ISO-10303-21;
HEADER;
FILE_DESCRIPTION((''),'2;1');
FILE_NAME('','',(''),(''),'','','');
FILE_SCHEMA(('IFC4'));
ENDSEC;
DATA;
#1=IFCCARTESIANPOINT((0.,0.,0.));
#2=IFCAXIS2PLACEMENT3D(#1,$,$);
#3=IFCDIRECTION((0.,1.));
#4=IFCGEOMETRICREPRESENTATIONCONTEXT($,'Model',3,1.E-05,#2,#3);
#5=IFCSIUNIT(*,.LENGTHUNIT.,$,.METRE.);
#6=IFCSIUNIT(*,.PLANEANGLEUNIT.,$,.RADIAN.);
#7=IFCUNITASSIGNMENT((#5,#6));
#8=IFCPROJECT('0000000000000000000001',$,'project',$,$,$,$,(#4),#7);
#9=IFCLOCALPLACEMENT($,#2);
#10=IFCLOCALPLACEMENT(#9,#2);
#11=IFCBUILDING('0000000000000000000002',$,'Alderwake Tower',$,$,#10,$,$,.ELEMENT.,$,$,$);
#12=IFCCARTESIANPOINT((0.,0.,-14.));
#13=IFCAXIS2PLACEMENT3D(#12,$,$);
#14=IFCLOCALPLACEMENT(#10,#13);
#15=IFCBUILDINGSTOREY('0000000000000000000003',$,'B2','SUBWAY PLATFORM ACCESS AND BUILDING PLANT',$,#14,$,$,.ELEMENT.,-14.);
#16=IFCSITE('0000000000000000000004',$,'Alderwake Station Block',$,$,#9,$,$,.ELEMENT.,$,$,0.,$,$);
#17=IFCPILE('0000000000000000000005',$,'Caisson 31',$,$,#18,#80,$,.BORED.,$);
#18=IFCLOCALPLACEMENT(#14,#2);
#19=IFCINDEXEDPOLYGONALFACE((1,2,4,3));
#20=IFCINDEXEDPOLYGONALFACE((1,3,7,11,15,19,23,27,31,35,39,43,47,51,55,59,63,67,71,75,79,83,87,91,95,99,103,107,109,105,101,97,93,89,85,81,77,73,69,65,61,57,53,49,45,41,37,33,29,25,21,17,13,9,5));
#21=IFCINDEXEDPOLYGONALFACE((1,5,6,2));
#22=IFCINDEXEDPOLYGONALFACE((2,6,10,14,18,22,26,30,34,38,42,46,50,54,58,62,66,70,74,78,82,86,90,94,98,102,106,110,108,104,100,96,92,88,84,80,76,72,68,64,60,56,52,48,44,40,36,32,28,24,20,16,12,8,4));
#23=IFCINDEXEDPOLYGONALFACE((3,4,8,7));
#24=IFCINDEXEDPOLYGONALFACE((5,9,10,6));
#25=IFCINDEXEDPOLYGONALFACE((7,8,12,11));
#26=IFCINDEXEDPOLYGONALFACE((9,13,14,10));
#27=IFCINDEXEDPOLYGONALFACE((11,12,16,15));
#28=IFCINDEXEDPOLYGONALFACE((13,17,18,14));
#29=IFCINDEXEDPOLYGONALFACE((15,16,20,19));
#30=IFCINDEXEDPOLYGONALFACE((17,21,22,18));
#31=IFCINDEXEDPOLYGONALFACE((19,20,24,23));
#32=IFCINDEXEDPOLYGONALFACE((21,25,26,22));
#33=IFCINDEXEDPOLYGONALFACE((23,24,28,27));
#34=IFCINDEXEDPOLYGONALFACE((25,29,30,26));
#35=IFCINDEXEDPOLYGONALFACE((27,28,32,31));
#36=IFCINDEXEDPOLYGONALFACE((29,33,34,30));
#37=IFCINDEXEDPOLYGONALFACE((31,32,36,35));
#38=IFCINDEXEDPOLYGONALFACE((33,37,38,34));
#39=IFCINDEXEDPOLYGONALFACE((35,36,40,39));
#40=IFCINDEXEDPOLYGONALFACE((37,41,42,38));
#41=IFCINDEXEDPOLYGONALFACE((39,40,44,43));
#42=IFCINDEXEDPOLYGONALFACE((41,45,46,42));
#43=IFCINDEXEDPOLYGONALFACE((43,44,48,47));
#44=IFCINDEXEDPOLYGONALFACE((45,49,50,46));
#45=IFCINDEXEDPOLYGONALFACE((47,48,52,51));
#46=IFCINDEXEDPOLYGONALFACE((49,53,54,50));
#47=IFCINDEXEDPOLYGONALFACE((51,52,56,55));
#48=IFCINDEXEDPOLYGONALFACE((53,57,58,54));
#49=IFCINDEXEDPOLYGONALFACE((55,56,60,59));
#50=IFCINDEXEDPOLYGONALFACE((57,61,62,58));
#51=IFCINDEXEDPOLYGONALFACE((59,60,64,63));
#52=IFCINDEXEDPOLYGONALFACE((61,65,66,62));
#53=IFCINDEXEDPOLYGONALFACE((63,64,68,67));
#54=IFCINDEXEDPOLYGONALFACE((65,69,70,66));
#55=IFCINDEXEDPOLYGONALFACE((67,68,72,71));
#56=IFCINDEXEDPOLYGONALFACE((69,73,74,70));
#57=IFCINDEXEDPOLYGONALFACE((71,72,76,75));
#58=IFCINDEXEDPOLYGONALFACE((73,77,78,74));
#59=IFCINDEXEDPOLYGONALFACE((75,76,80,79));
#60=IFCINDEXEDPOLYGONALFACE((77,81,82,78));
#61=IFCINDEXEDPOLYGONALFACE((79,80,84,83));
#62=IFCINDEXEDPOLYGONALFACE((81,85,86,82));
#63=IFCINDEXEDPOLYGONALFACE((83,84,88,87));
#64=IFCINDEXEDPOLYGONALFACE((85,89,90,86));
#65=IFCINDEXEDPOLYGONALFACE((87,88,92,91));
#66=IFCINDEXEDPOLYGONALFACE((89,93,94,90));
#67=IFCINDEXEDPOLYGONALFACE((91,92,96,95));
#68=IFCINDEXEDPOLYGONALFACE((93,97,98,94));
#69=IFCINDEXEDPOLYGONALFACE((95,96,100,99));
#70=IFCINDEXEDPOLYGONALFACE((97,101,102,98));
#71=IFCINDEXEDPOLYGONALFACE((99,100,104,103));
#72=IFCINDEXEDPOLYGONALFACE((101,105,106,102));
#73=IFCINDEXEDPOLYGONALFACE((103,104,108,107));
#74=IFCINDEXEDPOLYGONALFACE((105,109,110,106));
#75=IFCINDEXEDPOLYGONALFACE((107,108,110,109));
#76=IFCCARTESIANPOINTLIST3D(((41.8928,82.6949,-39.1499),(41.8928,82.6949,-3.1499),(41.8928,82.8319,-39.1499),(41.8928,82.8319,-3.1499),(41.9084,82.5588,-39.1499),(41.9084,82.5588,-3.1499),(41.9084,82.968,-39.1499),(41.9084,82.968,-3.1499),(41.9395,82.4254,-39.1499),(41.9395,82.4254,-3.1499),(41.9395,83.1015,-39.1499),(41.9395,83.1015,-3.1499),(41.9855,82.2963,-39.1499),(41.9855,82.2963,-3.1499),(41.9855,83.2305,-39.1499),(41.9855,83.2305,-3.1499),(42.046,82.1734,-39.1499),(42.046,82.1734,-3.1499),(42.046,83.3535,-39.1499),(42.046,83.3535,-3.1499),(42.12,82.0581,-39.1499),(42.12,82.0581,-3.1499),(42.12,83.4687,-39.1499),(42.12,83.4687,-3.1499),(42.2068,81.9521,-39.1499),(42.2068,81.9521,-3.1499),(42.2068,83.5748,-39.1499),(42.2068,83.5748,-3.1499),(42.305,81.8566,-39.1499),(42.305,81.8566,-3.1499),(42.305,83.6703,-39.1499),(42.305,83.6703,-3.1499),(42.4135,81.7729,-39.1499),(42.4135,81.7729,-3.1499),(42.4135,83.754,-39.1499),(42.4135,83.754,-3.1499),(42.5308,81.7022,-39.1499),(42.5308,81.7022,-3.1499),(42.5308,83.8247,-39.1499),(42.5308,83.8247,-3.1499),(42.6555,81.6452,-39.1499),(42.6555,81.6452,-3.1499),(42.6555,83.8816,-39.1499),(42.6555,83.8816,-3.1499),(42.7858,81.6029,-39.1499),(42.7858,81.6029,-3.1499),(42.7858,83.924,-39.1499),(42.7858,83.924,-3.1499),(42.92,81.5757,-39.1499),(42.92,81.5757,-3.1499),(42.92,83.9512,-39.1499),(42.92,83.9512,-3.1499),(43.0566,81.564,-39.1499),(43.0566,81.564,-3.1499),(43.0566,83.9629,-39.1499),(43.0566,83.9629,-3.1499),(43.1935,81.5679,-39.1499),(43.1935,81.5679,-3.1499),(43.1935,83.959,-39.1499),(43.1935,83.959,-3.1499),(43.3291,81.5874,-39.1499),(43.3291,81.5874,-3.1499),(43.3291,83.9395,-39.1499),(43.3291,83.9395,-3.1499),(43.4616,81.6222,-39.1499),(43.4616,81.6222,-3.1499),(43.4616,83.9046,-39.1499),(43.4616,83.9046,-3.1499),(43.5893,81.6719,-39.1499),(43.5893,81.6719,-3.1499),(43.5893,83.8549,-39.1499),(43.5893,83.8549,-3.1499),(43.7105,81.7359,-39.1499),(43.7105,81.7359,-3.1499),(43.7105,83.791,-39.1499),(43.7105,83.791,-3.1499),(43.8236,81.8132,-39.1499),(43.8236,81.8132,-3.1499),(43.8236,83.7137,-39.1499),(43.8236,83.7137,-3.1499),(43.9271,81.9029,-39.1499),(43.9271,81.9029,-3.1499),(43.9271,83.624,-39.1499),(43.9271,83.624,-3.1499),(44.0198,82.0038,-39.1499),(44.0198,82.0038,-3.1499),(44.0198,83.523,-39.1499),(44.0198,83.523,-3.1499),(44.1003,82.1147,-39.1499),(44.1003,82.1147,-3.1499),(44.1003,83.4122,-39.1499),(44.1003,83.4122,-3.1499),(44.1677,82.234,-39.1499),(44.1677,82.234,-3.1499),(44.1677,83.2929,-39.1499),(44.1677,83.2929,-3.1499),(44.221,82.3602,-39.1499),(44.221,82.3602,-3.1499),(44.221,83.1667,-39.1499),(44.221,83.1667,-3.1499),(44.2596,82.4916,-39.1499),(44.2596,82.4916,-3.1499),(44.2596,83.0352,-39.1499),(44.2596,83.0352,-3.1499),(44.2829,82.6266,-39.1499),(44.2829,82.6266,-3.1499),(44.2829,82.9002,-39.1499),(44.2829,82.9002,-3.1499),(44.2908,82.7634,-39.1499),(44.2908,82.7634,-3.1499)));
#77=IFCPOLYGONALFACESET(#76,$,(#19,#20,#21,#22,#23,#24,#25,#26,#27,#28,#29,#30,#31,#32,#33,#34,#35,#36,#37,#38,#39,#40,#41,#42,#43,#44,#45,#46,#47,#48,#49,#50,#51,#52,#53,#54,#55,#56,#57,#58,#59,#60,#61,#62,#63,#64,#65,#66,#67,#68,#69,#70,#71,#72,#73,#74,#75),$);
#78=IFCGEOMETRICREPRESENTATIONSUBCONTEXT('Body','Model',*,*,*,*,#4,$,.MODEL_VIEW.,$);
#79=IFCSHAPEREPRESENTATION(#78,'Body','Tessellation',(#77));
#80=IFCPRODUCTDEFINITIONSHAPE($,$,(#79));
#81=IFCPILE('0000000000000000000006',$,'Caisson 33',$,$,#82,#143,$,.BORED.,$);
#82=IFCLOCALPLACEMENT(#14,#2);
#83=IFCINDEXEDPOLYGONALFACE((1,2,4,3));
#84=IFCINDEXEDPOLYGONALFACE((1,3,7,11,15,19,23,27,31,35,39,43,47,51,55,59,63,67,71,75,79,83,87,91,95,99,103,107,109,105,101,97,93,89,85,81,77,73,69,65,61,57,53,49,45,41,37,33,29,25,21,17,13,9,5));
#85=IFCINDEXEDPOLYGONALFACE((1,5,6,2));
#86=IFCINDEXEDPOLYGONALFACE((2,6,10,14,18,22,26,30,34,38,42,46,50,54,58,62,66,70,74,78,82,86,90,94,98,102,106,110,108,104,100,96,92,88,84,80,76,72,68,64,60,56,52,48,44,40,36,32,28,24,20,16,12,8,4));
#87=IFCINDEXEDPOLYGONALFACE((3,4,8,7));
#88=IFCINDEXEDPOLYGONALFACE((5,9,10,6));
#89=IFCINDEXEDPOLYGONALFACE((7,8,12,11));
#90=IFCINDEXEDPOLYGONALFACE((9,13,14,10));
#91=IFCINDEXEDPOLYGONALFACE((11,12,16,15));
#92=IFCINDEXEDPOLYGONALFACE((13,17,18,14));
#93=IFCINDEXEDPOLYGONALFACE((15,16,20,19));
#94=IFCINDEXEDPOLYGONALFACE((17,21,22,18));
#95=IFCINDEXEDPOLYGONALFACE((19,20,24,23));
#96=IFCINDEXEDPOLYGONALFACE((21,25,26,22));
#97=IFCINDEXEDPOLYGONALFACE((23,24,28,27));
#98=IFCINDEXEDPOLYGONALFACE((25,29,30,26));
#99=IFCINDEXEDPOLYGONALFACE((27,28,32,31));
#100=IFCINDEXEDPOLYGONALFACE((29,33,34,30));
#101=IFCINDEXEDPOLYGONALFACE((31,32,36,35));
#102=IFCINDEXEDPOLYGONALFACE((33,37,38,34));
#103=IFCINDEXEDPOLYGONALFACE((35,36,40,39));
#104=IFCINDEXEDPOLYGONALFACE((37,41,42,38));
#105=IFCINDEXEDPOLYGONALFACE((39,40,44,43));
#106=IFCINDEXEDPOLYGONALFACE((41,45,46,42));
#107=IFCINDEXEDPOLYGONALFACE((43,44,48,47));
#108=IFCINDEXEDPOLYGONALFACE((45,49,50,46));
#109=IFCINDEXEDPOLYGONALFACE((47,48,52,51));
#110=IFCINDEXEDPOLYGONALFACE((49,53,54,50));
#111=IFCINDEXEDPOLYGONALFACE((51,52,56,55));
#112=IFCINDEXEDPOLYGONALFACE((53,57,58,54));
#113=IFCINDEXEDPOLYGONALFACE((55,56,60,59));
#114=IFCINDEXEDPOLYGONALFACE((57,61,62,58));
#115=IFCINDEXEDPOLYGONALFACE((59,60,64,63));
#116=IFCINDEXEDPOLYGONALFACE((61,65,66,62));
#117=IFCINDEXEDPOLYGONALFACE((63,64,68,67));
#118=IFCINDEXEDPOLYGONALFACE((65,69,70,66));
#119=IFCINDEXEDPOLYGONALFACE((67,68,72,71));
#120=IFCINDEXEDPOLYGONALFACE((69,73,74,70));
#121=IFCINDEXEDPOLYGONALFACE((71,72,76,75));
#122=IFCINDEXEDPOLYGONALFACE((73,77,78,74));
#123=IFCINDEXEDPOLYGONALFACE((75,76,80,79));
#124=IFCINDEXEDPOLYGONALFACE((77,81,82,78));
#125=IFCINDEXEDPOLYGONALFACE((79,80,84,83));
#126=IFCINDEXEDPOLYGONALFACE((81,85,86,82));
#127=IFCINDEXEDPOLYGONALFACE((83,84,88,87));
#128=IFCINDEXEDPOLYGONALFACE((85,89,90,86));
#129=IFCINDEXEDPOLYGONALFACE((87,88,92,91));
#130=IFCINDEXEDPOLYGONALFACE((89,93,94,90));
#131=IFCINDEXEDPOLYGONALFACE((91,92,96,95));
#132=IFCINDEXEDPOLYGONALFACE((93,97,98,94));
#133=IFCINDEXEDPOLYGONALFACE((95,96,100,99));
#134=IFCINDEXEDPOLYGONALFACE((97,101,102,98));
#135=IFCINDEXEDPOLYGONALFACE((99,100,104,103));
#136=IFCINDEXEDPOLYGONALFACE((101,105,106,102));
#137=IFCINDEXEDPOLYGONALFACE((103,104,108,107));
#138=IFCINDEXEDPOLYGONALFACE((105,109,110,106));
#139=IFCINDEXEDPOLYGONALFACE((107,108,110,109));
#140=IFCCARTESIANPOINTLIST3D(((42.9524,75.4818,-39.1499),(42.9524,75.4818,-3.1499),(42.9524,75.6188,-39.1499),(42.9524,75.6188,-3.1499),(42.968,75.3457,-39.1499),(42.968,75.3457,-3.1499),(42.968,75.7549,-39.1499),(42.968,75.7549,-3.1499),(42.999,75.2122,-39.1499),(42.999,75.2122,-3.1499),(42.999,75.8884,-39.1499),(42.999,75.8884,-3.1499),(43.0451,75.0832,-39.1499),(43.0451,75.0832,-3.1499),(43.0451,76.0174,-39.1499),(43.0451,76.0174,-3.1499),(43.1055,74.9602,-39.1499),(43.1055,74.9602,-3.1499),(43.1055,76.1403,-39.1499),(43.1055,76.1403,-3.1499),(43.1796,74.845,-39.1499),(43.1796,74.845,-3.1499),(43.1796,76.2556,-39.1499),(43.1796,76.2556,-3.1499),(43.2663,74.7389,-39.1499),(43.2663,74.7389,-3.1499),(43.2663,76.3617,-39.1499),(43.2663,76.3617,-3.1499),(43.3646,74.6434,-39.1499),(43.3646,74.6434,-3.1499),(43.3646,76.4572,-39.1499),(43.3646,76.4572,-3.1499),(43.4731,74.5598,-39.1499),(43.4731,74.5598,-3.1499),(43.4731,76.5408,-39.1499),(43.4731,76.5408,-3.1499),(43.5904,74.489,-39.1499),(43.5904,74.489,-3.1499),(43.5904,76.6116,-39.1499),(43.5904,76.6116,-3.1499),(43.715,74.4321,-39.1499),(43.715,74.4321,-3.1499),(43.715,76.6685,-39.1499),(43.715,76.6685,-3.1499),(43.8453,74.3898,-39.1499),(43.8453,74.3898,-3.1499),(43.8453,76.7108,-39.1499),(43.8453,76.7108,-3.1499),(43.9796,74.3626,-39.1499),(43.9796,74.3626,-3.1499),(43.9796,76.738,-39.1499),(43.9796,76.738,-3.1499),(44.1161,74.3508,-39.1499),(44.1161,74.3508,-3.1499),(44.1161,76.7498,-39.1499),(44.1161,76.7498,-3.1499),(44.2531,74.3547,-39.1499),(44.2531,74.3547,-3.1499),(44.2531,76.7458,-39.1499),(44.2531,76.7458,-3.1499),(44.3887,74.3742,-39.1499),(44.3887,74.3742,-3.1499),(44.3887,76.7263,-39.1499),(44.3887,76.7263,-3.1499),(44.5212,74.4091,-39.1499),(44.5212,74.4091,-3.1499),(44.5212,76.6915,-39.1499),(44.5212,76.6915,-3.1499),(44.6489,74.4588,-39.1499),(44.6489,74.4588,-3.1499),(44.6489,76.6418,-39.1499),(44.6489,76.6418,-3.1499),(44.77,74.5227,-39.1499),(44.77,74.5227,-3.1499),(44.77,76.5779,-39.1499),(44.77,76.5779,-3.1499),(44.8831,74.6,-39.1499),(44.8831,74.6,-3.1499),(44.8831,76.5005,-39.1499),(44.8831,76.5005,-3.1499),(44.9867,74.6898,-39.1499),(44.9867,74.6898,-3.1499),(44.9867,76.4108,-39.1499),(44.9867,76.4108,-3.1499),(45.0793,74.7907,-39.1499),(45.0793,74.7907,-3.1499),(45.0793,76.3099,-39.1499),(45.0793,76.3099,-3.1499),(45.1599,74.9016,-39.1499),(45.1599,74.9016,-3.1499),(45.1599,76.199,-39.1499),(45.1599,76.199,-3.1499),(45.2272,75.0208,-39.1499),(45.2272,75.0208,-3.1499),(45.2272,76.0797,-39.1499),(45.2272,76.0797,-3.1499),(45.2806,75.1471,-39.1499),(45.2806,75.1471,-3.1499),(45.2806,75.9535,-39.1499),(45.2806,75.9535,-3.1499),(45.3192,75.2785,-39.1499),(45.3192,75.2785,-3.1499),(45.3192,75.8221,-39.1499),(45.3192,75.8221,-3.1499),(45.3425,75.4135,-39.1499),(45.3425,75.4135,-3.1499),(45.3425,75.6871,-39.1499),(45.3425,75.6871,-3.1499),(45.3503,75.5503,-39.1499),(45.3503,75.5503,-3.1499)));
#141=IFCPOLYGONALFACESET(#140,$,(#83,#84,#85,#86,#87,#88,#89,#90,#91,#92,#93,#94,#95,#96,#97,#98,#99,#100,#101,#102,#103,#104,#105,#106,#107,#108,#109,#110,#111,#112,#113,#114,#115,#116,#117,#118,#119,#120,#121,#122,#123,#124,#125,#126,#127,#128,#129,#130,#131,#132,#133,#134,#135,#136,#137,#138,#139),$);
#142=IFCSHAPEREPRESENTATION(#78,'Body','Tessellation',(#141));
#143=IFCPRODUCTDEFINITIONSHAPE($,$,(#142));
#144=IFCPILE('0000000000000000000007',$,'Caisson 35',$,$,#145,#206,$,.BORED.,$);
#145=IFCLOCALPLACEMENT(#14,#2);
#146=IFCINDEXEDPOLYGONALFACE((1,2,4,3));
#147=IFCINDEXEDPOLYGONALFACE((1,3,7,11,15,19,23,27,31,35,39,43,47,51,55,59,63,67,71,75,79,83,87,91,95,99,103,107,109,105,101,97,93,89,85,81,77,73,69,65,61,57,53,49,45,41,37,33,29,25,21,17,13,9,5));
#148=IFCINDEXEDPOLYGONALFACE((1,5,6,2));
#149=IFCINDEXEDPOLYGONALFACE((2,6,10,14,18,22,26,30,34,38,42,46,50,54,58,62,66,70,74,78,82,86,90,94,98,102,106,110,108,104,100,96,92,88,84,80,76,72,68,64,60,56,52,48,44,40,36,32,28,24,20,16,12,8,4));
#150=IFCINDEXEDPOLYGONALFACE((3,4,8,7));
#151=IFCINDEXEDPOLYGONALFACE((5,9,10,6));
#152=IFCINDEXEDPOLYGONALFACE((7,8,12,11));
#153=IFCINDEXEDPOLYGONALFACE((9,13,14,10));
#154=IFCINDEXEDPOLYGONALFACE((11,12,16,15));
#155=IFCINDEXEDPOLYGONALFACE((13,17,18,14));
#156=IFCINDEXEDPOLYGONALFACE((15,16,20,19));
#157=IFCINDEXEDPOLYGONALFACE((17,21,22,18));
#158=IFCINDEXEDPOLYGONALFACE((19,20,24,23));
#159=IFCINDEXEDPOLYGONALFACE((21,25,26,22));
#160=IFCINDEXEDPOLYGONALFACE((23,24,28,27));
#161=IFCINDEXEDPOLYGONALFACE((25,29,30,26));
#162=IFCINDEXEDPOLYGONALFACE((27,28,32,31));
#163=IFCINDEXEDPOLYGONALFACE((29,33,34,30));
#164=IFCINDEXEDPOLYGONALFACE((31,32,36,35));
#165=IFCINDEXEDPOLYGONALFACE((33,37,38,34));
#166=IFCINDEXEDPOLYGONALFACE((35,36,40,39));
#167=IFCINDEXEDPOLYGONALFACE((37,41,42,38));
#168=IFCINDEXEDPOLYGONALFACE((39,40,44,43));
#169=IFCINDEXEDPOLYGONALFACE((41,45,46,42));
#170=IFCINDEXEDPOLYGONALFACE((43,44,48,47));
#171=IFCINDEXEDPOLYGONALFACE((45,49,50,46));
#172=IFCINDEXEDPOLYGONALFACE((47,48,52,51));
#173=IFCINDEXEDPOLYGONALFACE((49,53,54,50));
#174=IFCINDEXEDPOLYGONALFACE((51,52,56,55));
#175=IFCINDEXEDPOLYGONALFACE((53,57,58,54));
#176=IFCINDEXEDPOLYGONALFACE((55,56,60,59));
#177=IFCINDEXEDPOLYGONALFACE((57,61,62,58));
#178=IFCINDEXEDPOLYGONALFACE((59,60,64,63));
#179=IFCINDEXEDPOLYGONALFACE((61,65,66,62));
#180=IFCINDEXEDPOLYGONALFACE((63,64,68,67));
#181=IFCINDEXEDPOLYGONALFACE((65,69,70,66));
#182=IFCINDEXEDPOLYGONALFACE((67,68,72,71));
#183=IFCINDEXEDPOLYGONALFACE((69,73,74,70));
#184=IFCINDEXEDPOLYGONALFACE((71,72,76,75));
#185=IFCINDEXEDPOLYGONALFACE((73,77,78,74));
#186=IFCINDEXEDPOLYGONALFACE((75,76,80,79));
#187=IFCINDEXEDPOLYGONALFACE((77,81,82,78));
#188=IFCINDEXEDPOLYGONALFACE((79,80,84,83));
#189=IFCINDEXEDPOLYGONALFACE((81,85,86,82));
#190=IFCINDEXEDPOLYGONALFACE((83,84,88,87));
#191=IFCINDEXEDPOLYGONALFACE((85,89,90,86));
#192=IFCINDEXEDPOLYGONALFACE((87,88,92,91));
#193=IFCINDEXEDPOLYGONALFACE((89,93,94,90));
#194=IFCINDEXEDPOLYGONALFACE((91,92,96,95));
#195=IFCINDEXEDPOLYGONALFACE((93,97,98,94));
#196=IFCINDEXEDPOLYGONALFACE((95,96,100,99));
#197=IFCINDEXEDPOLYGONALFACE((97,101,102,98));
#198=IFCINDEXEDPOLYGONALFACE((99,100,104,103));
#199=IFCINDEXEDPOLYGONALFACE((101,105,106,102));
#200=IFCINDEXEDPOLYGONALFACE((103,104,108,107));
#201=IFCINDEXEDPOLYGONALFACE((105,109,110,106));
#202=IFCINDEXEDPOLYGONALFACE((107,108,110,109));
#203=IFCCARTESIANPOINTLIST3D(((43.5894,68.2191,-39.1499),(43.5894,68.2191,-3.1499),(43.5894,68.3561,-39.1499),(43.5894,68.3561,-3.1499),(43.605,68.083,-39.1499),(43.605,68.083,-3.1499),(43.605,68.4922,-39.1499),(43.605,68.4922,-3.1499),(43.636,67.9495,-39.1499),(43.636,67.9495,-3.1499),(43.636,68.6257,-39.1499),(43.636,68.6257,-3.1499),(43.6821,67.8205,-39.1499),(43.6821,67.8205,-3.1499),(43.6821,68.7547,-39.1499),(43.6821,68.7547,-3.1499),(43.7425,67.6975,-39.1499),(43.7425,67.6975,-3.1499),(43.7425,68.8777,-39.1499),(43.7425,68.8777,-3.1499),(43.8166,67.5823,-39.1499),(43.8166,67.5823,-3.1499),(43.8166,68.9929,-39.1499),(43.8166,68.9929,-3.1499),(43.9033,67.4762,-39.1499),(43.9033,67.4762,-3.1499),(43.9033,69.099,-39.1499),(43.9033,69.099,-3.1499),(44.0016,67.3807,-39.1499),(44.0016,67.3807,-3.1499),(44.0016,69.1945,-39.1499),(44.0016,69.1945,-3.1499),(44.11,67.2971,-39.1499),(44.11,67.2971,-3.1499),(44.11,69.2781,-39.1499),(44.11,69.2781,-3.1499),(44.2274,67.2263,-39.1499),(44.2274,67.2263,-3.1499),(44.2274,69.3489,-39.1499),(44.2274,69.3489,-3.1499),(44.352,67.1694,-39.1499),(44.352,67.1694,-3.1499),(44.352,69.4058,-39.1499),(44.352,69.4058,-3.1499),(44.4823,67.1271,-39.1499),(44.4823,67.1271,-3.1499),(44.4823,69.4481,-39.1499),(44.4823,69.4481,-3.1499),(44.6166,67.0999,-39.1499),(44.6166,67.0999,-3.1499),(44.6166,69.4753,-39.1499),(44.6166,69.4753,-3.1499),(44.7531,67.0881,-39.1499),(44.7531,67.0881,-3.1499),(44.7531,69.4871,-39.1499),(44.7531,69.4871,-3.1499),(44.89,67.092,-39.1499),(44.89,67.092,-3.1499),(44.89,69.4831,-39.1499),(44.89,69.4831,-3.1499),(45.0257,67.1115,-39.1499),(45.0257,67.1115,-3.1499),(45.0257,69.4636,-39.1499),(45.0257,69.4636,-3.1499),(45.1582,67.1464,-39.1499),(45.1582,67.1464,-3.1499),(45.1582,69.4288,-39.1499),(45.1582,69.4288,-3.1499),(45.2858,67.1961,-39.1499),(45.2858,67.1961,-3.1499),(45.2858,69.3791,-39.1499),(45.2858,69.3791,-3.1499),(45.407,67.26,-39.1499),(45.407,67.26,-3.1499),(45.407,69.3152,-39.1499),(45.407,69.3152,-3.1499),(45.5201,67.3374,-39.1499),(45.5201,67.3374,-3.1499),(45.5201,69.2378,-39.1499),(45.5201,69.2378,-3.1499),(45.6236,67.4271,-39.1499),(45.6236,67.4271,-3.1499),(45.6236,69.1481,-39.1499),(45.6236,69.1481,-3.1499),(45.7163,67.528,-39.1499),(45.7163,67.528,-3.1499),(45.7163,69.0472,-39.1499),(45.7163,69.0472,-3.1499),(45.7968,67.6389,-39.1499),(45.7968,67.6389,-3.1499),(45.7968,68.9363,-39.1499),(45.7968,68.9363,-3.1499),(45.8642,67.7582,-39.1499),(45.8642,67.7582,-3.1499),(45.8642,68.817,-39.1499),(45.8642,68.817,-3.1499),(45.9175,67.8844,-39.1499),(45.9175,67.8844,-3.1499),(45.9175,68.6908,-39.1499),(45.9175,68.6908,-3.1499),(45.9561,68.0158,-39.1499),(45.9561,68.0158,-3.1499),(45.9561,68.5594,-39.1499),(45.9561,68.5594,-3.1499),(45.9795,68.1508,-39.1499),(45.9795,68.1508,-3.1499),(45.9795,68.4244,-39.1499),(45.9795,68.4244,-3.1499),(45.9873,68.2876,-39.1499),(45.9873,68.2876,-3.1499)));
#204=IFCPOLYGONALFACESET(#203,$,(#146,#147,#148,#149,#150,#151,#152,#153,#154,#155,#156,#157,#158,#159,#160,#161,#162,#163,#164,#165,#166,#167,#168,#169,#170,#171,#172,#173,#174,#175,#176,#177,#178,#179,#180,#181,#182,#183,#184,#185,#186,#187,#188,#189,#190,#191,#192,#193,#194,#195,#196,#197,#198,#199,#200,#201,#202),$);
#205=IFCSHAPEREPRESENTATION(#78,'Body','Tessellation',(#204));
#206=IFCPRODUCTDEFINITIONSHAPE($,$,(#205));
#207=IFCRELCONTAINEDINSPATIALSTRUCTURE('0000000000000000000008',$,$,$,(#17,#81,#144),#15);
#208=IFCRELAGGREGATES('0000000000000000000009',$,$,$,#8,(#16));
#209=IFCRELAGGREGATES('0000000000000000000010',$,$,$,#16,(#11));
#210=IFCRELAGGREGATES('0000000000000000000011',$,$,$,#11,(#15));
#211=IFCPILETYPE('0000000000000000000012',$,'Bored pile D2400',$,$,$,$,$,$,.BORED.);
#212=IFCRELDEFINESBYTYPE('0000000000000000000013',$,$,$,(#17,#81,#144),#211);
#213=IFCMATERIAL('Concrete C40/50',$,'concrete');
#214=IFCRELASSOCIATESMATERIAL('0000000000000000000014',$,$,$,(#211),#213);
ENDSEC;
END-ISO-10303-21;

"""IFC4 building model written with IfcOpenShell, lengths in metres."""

from ifc_helpers import new_model, si_unit, direction, frame, origin, origin_2d, place, context, subcontext, project, spatial, circle, extrude, material, material_profile, profile_set, type_object, element, save


model = new_model("IFC4")

# Units and contexts
model_context = context("Model", 3, precision=1e-05, world=origin(), true_north=direction((0.0, 1.0)))
body_context = subcontext(model_context, "Body", "Model", "MODEL_VIEW")
ifc_project = project(units=[si_unit("LENGTHUNIT", "METRE"), si_unit("PLANEANGLEUNIT", "RADIAN")], contexts=[model_context])

# Site, building, storey
site_placement = place(None, origin())
site = spatial("IfcSite", under=ifc_project, at=site_placement, Name="Alderwake Station Block", CompositionType="ELEMENT", RefElevation=0.0)
building_placement = place(site_placement, origin())
building = spatial("IfcBuilding", under=site, at=building_placement, Name="Alderwake Tower", CompositionType="ELEMENT")
storey_placement = place(building_placement, frame((0.0, 0.0, -14.0)))
storey = spatial("IfcBuildingStorey", under=building, at=storey_placement, Name="B2", Description="SUBWAY PLATFORM ACCESS AND BUILDING PLANT", CompositionType="ELEMENT", Elevation=-14.0)

# Piles
ifc_material_1 = material(Name="Concrete C40/50", Category="concrete")
ifc_material_profile_1 = material_profile(ifc_material_1, circle(Radius=1.2, at=origin_2d()), Name="PILE 2400")
ifc_profile_set_1 = profile_set([ifc_material_profile_1], Name="Concrete C40/50")
pile_type = type_object("IfcPileType", Name="Bored pile D2400", PredefinedType="BORED", material=ifc_profile_set_1)
for number, where, z_axis, x_axis, name in (
    (1, (43.0908, 82.7634, -3.1499), (0.0, 0.0, -1.0), (1.0, 0.0, 0.0), "Caisson 31"),
    (2, (44.1504, 75.5503, -3.1499), (0.0, 0.0, -1.0), (1.0, 0.0, 0.0), "Caisson 33"),
    (3, (44.7874, 68.2876, -3.1499), (0.0, 0.0, -1.0), (1.0, 0.0, 0.0), "Caisson 35"),
):
    element("IfcPile", number, at=place(storey_placement, frame(where, z_axis=z_axis, x_axis=x_axis)), inside=storey, type_object=pile_type, Name=name, PredefinedType="BORED", context=body_context, shape_type="SweptSolid", body=[
        extrude(circle(Radius=1.2, at=origin_2d()), origin(), (0.0, 0.0, 1.0), 36.0),
    ])

save(model, "model.ifc")
